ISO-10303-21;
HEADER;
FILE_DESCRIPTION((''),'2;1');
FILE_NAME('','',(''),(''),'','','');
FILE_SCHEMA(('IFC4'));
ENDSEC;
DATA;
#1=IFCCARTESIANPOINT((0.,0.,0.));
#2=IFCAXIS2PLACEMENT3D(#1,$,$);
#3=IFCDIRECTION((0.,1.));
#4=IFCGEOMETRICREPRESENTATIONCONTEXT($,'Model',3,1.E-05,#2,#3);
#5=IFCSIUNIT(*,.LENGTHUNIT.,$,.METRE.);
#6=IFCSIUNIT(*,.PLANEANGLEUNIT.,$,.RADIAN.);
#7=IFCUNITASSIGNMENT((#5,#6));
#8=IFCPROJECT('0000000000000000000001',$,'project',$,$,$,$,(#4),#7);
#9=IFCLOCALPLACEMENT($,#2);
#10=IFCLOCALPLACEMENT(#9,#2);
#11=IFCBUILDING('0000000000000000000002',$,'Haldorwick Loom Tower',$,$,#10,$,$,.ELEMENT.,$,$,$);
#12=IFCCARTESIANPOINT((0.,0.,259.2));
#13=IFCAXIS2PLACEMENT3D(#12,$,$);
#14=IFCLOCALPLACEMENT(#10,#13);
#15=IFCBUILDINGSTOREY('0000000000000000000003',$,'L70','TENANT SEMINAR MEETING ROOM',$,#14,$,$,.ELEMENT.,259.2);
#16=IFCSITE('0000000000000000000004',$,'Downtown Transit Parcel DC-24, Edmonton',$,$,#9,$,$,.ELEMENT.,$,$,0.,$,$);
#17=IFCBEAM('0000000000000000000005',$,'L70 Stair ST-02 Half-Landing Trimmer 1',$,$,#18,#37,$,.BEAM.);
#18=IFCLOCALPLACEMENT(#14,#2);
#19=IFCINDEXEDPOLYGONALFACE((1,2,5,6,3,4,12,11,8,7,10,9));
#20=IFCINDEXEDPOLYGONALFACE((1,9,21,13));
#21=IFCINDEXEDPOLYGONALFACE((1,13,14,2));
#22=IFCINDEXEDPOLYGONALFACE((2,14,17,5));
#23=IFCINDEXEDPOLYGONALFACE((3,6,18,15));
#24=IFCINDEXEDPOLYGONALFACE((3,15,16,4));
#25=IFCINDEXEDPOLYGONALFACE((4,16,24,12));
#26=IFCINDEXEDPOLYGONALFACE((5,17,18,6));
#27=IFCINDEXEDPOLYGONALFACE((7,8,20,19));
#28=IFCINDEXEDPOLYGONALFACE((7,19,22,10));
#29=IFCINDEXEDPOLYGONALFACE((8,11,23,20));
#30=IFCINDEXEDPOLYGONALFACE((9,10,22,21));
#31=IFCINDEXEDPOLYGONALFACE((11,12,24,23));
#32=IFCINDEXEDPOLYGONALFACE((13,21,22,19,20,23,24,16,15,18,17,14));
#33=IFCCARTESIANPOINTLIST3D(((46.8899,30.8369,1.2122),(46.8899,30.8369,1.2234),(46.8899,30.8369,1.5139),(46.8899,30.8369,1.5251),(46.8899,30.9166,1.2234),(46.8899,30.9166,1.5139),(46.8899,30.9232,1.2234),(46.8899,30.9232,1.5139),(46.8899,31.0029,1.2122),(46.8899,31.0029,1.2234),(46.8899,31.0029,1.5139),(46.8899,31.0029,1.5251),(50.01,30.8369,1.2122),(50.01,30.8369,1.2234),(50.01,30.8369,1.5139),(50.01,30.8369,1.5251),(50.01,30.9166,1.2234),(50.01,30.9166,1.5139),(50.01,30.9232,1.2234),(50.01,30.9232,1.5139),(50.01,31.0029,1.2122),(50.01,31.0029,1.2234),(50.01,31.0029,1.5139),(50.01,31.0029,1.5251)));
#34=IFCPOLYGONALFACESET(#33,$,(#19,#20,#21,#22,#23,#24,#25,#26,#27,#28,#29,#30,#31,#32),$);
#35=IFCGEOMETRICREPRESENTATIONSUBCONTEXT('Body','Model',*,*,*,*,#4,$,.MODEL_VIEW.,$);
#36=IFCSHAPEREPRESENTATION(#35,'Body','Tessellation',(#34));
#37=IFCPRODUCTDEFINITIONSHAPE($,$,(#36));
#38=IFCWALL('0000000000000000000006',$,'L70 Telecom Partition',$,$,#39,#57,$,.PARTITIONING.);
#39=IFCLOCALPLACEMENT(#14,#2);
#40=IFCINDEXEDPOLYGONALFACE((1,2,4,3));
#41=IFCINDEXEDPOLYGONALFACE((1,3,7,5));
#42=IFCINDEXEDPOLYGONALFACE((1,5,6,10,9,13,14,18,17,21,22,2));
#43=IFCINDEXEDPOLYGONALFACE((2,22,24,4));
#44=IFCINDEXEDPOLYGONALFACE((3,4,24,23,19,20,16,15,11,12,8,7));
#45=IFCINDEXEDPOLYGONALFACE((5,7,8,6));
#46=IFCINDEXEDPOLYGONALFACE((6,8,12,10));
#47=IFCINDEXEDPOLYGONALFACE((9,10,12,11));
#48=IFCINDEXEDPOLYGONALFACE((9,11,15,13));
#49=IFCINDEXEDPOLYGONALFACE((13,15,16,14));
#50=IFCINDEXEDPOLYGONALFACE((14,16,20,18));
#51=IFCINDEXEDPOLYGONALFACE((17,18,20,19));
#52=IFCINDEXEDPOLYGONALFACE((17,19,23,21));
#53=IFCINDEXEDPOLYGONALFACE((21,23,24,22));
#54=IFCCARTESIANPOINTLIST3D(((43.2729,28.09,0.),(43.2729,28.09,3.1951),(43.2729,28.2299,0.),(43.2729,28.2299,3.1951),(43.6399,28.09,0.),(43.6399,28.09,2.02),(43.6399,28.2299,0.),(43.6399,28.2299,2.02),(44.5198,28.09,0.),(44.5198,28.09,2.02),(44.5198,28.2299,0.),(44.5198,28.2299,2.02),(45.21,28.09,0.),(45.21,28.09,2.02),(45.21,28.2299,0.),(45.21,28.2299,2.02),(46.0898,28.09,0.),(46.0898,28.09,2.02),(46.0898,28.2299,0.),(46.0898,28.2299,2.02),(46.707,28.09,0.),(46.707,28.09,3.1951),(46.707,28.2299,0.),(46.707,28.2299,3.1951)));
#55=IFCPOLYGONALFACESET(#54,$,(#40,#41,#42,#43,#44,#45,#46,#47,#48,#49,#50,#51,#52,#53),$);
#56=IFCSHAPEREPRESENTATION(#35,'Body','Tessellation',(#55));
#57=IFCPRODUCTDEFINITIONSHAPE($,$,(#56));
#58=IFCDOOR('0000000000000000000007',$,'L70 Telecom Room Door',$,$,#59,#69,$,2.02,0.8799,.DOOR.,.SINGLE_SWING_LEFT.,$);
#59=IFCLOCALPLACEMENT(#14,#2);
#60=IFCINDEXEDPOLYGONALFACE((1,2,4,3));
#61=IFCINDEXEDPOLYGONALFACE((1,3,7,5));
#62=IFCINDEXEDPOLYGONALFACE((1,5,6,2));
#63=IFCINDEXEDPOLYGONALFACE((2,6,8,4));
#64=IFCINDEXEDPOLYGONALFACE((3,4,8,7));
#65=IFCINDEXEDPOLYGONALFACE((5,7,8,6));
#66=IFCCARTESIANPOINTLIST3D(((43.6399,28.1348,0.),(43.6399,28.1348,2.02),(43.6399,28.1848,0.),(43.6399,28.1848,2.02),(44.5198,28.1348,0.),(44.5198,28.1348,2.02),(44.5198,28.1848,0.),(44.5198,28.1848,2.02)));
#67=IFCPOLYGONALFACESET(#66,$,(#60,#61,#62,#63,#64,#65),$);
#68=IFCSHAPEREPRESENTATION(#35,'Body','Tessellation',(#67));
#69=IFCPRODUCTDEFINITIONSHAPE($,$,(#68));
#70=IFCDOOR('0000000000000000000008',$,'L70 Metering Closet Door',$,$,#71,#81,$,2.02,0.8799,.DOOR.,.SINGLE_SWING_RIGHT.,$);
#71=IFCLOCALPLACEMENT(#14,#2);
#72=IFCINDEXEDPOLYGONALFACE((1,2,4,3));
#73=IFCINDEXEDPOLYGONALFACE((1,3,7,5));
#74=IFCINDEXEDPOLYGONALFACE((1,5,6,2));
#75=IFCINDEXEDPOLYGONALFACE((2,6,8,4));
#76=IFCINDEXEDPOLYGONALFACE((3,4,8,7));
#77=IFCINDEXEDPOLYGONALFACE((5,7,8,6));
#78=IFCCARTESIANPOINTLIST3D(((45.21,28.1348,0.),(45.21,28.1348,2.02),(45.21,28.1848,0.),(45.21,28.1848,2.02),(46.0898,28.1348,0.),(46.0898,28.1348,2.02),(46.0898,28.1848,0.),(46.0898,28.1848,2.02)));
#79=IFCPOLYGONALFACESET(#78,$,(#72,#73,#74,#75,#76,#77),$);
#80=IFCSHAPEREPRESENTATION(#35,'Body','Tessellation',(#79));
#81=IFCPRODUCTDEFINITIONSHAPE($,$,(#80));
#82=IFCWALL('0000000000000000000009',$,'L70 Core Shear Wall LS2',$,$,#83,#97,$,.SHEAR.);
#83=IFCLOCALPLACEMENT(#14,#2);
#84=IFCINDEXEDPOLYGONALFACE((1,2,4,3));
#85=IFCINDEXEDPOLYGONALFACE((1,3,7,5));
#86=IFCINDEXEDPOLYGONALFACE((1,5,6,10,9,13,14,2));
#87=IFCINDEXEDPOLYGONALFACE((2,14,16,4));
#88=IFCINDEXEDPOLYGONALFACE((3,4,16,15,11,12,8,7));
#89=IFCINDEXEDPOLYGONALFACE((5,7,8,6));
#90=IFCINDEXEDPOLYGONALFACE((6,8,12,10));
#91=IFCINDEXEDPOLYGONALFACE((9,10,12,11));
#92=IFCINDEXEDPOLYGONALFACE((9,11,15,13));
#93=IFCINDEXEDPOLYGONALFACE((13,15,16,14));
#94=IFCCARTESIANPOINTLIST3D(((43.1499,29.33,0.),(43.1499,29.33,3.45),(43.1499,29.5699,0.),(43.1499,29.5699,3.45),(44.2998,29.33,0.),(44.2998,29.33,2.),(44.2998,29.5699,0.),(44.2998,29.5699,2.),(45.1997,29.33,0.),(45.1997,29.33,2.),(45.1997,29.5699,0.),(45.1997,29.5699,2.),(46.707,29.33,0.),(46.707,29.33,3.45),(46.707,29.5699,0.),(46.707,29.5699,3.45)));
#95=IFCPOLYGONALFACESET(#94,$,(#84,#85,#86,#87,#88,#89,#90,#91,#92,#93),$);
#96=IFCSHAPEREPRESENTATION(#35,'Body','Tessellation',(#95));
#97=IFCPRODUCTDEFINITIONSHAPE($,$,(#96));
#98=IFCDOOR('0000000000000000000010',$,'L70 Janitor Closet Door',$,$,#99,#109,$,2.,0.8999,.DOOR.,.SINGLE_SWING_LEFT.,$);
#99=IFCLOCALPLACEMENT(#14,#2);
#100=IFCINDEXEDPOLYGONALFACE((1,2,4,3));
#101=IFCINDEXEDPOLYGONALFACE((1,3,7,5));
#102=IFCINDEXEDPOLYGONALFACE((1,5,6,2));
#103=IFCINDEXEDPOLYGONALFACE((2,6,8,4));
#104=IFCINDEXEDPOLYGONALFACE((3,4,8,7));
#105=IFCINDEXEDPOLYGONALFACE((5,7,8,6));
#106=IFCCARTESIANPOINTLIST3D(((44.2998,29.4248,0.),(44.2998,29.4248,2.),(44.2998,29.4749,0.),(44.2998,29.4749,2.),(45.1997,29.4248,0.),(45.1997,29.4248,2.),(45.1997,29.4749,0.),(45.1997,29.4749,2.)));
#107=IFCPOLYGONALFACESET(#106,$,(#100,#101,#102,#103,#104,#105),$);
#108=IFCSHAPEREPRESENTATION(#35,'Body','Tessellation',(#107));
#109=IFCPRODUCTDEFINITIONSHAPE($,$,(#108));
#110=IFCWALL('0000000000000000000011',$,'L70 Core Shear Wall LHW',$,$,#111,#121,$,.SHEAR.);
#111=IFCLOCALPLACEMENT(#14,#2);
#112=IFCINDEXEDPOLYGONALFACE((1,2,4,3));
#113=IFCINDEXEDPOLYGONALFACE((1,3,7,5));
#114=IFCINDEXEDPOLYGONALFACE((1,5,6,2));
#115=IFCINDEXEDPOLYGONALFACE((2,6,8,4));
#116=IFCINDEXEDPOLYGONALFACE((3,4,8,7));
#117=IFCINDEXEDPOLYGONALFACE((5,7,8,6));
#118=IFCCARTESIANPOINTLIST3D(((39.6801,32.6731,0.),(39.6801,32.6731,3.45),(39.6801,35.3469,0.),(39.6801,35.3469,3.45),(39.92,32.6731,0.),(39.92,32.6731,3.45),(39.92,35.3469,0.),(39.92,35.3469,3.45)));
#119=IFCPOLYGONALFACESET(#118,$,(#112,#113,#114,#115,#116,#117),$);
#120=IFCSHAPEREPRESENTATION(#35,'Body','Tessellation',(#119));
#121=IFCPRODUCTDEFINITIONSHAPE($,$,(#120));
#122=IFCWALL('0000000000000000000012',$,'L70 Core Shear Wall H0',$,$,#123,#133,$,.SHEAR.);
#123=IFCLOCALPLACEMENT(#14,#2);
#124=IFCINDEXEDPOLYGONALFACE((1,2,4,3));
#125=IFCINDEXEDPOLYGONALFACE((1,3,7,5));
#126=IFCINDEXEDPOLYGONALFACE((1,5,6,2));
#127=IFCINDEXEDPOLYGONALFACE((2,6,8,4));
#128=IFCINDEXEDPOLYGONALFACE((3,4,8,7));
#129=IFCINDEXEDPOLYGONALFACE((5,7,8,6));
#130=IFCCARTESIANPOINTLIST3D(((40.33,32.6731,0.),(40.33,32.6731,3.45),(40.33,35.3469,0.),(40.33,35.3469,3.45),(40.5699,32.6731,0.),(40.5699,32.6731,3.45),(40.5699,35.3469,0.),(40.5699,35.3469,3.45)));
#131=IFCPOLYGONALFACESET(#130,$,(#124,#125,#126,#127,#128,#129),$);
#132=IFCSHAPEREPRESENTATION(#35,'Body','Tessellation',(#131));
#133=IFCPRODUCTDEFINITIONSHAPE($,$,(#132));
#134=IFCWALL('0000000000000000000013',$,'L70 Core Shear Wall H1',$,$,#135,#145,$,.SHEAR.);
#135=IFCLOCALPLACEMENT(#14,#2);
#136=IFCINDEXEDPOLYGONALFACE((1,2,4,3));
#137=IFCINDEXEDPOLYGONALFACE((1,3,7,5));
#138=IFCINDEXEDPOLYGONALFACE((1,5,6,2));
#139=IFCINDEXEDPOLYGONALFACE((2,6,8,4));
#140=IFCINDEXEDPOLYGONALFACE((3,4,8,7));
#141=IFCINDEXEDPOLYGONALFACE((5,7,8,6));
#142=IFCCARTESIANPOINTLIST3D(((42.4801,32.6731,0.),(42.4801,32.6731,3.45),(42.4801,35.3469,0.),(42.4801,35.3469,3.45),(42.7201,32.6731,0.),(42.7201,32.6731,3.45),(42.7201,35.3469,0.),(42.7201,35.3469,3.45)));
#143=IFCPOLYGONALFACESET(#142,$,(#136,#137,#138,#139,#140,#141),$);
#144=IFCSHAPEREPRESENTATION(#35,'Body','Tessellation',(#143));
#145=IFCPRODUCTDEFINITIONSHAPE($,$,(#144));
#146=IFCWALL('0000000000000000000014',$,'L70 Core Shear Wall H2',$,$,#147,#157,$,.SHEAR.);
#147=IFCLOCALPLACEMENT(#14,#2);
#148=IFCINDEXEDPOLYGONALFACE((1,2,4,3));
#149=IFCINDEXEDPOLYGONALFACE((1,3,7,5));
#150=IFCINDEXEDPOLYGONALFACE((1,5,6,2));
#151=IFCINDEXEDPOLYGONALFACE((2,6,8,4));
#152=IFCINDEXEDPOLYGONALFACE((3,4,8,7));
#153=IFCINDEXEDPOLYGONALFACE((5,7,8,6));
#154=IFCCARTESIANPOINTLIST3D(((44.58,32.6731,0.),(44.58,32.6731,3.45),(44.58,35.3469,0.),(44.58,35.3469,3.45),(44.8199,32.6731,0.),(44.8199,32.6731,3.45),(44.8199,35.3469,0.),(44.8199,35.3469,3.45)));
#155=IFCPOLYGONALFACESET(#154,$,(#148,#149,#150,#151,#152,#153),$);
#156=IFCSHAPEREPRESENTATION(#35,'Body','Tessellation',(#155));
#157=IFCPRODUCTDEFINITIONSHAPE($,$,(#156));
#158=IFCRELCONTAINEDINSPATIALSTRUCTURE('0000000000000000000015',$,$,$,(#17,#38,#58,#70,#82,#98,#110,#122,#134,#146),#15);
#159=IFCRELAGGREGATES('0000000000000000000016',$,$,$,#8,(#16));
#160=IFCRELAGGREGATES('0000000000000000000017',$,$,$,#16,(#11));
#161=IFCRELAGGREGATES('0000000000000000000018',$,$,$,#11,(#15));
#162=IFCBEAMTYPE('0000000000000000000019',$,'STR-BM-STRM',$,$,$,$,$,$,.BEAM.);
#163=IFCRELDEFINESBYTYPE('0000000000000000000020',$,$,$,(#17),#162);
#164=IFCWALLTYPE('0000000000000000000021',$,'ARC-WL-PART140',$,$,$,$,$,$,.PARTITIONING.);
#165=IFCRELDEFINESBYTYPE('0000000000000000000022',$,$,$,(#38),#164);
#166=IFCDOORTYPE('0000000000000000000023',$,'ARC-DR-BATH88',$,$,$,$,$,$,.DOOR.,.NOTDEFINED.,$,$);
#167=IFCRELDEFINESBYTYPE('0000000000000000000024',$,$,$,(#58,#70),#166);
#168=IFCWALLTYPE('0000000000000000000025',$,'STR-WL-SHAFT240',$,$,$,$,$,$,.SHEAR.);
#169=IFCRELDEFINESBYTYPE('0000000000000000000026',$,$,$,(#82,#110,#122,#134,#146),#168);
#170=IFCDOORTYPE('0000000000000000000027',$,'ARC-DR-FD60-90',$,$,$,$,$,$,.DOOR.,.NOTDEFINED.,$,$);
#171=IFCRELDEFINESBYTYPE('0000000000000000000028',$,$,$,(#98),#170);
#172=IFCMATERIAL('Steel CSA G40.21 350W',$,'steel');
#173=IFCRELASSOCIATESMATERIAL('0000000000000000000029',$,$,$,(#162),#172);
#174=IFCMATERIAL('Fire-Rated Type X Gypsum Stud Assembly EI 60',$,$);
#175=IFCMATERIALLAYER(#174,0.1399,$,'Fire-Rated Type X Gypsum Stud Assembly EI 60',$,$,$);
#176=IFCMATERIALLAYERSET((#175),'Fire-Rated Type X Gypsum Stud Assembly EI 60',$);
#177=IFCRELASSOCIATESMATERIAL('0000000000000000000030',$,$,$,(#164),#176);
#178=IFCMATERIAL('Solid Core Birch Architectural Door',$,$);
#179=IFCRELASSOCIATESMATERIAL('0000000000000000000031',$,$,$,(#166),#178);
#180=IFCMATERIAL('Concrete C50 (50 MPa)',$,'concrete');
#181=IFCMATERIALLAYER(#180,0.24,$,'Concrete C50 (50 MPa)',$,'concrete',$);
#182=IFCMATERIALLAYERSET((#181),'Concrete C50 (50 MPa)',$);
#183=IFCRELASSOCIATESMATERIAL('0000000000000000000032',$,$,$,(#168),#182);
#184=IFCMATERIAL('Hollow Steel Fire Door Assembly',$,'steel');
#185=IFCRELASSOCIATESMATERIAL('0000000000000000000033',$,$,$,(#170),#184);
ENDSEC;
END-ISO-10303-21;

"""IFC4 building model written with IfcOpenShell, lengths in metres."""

from ifc_helpers import new_model, si_unit, direction, frame, frame_2d, origin, origin_2d, place, context, subcontext, project, spatial, rectangle, i_section, extrude, material, layer, layer_set, material_profile, profile_set, type_object, element, fill, save


model = new_model("IFC4")

# Units and contexts
model_context = context("Model", 3, precision=1e-05, world=origin(), true_north=direction((0.0, 1.0)))
body_context = subcontext(model_context, "Body", "Model", "MODEL_VIEW")
ifc_project = project(units=[si_unit("LENGTHUNIT", "METRE"), si_unit("PLANEANGLEUNIT", "RADIAN")], contexts=[model_context])

# Site, building, storey
site_placement = place(None, origin())
site = spatial("IfcSite", under=ifc_project, at=site_placement, Name="Downtown Transit Parcel DC-24, Edmonton", CompositionType="ELEMENT", RefElevation=0.0)
building_placement = place(site_placement, origin())
building = spatial("IfcBuilding", under=site, at=building_placement, Name="Haldorwick Loom Tower", CompositionType="ELEMENT")
storey_placement = place(building_placement, frame((0.0, 0.0, 259.2)))
storey = spatial("IfcBuildingStorey", under=building, at=storey_placement, Name="L70", Description="TENANT SEMINAR MEETING ROOM", CompositionType="ELEMENT", Elevation=259.2)

# Shared definitions
ifc_material_1 = material(Name="Steel CSA G40.21 350W", Category="steel")

# Beam
ifc_material_2 = material(Name="Concrete C50 (50 MPa)", Category="concrete")
ifc_material_profile_1 = material_profile(ifc_material_1, i_section(OverallWidth=0.166, OverallDepth=0.313, WebThickness=0.0066, FlangeThickness=0.0112, at=origin_2d()), Name="W310X45", Category="steel")
ifc_profile_set_1 = profile_set([ifc_material_profile_1], Name="Steel CSA G40.21 350W")
beam_type_1 = type_object("IfcBeamType", Name="STR-BM-STRM", PredefinedType="BEAM", material=ifc_profile_set_1)
for number, where, z_axis, x_axis, name in (
    (1, (46.8899, 30.9199, 1.3687), (1.0, 0.0, 0.0), (0.0, 1.0, 0.0), "L70 Stair ST-02 Half-Landing Trimmer 1"),
):
    element("IfcBeam", number, at=place(storey_placement, frame(where, z_axis=z_axis, x_axis=x_axis)), inside=storey, type_object=beam_type_1, Name=name, PredefinedType="BEAM", context=body_context, shape_type="SweptSolid", body=[
        extrude(i_section(OverallWidth=0.166, OverallDepth=0.313, WebThickness=0.0066, FlangeThickness=0.0112, at=origin_2d()), origin(), (0.0, 0.0, 1.0), 3.1201),
    ])

# Wall, openings, doors
ifc_material_3 = material(Name="Fire-Rated Type X Gypsum Stud Assembly EI 60")
ifc_layer_1 = layer(ifc_material_3, 0.1399, Name="Fire-Rated Type X Gypsum Stud Assembly EI 60")
ifc_layer_set_1 = layer_set([ifc_layer_1], Name="Fire-Rated Type X Gypsum Stud Assembly EI 60")
wall_type_1 = type_object("IfcWallType", Name="ARC-WL-PART140", PredefinedType="PARTITIONING", material=ifc_layer_set_1)
wall_1_placement = place(storey_placement, frame((43.2729, 28.1599, 0.0), z_axis=(0.0, 0.0, 1.0), x_axis=(1.0, 0.0, 0.0)))
wall_1 = element("IfcWall", 2, at=wall_1_placement, inside=storey, type_object=wall_type_1, Name="L70 Telecom Partition", PredefinedType="PARTITIONING", context=body_context, shape_type="SweptSolid", body=[
    extrude(rectangle(XDim=3.4341, YDim=0.1399, at=frame_2d((1.717, 0.0))), origin(), (0.0, 0.0, 1.0), 3.1951),
])
opening_1_placement = place(wall_1_placement, frame((0.3669, 0.0, 0.0)))
opening_1 = element("IfcOpeningElement", 3, at=opening_1_placement, cuts=wall_1, PredefinedType="OPENING", context=body_context, shape_type="SweptSolid", body=[
    extrude(rectangle(XDim=0.8799, YDim=2.02, at=frame_2d((0.4399, 1.01))), frame((0.0, 0.0798, 0.0), z_axis=(0.0, -1.0, 0.0), x_axis=(1.0, 0.0, 0.0)), (0.0, 0.0, 1.0), 0.1599),
])
opening_2_placement = place(wall_1_placement, frame((1.937, 0.0, 0.0)))
opening_2 = element("IfcOpeningElement", 4, at=opening_2_placement, cuts=wall_1, PredefinedType="OPENING", context=body_context, shape_type="SweptSolid", body=[
    extrude(rectangle(XDim=0.8799, YDim=2.02, at=frame_2d((0.4399, 1.01))), frame((0.0, 0.0798, 0.0), z_axis=(0.0, -1.0, 0.0), x_axis=(1.0, 0.0, 0.0)), (0.0, 0.0, 1.0), 0.1599),
])
ifc_material_4 = material(Name="Solid Core Birch Architectural Door")
door_type_1 = type_object("IfcDoorType", Name="ARC-DR-BATH88", OperationType="NOTDEFINED", PredefinedType="DOOR", material=ifc_material_4)
door_1_placement = place(opening_1_placement, origin())
door_1 = element("IfcDoor", 5, at=door_1_placement, inside=storey, type_object=door_type_1, Name="L70 Telecom Room Door", OperationType="SINGLE_SWING_LEFT", OverallHeight=2.02, OverallWidth=0.8799, PredefinedType="DOOR", context=body_context, shape_type="SweptSolid", body=[
    extrude(rectangle(XDim=0.8799, YDim=2.02, at=frame_2d((0.4399, 1.01))), frame((0.0, 0.0249, 0.0), z_axis=(0.0, -1.0, 0.0), x_axis=(1.0, 0.0, 0.0)), (0.0, 0.0, 1.0), 0.05),
])
fill(opening_1, door_1)
door_2_placement = place(opening_2_placement, origin())
door_2 = element("IfcDoor", 6, at=door_2_placement, inside=storey, type_object=door_type_1, Name="L70 Metering Closet Door", OperationType="SINGLE_SWING_RIGHT", OverallHeight=2.02, OverallWidth=0.8799, PredefinedType="DOOR", context=body_context, shape_type="SweptSolid", body=[
    extrude(rectangle(XDim=0.8799, YDim=2.02, at=frame_2d((0.4399, 1.01))), frame((0.0, 0.0249, 0.0), z_axis=(0.0, -1.0, 0.0), x_axis=(1.0, 0.0, 0.0)), (0.0, 0.0, 1.0), 0.05),
])
fill(opening_2, door_2)

# Wall, opening, door
ifc_layer_2 = layer(ifc_material_2, 0.24, Name="Concrete C50 (50 MPa)", Category="concrete")
ifc_layer_set_2 = layer_set([ifc_layer_2], Name="Concrete C50 (50 MPa)")
wall_type_2 = type_object("IfcWallType", Name="STR-WL-SHAFT240", PredefinedType="SHEAR", material=ifc_layer_set_2)
wall_2_placement = place(storey_placement, frame((43.1499, 29.45, 0.0), z_axis=(0.0, 0.0, 1.0), x_axis=(1.0, 0.0, 0.0)))
wall_2 = element("IfcWall", 7, at=wall_2_placement, inside=storey, type_object=wall_type_2, Name="L70 Core Shear Wall LS2", PredefinedType="SHEAR", context=body_context, shape_type="SweptSolid", body=[
    extrude(rectangle(XDim=3.5571, YDim=0.24, at=frame_2d((1.7786, 0.0))), origin(), (0.0, 0.0, 1.0), 3.45),
])
opening_3_placement = place(wall_2_placement, frame((1.1499, 0.0, 0.0)))
opening_3 = element("IfcOpeningElement", 8, at=opening_3_placement, cuts=wall_2, PredefinedType="OPENING", context=body_context, shape_type="SweptSolid", body=[
    extrude(rectangle(XDim=0.8999, YDim=2.0, at=frame_2d((0.45, 1.0))), frame((0.0, 0.1299, 0.0), z_axis=(0.0, -1.0, 0.0), x_axis=(1.0, 0.0, 0.0)), (0.0, 0.0, 1.0), 0.26),
])
ifc_material_5 = material(Name="Hollow Steel Fire Door Assembly", Category="steel")
door_type_2 = type_object("IfcDoorType", Name="ARC-DR-FD60-90", OperationType="NOTDEFINED", PredefinedType="DOOR", material=ifc_material_5)
door_3_placement = place(opening_3_placement, origin())
door_3 = element("IfcDoor", 9, at=door_3_placement, inside=storey, type_object=door_type_2, Name="L70 Janitor Closet Door", OperationType="SINGLE_SWING_LEFT", OverallHeight=2.0, OverallWidth=0.8999, PredefinedType="DOOR", context=body_context, shape_type="SweptSolid", body=[
    extrude(rectangle(XDim=0.8999, YDim=2.0, at=frame_2d((0.45, 1.0))), frame((0.0, 0.0249, 0.0), z_axis=(0.0, -1.0, 0.0), x_axis=(1.0, 0.0, 0.0)), (0.0, 0.0, 1.0), 0.05),
])
fill(opening_3, door_3)

# Walls
for number, where, z_axis, x_axis, name in (
    (10, (39.8, 32.6731, 0.0), (0.0, 0.0, 1.0), (0.0, 1.0, 0.0), "L70 Core Shear Wall LHW"),
    (11, (40.45, 32.6731, 0.0), (0.0, 0.0, 1.0), (0.0, 1.0, 0.0), "L70 Core Shear Wall H0"),
    (12, (42.6001, 32.6731, 0.0), (0.0, 0.0, 1.0), (0.0, 1.0, 0.0), "L70 Core Shear Wall H1"),
    (13, (44.7, 32.6731, 0.0), (0.0, 0.0, 1.0), (0.0, 1.0, 0.0), "L70 Core Shear Wall H2"),
):
    element("IfcWall", number, at=place(storey_placement, frame(where, z_axis=z_axis, x_axis=x_axis)), inside=storey, type_object=wall_type_2, Name=name, PredefinedType="SHEAR", context=body_context, shape_type="SweptSolid", body=[
        extrude(rectangle(XDim=2.6738, YDim=0.24, at=frame_2d((1.3369, 0.0))), origin(), (0.0, 0.0, 1.0), 3.45),
    ])

save(model, "model.ifc")
